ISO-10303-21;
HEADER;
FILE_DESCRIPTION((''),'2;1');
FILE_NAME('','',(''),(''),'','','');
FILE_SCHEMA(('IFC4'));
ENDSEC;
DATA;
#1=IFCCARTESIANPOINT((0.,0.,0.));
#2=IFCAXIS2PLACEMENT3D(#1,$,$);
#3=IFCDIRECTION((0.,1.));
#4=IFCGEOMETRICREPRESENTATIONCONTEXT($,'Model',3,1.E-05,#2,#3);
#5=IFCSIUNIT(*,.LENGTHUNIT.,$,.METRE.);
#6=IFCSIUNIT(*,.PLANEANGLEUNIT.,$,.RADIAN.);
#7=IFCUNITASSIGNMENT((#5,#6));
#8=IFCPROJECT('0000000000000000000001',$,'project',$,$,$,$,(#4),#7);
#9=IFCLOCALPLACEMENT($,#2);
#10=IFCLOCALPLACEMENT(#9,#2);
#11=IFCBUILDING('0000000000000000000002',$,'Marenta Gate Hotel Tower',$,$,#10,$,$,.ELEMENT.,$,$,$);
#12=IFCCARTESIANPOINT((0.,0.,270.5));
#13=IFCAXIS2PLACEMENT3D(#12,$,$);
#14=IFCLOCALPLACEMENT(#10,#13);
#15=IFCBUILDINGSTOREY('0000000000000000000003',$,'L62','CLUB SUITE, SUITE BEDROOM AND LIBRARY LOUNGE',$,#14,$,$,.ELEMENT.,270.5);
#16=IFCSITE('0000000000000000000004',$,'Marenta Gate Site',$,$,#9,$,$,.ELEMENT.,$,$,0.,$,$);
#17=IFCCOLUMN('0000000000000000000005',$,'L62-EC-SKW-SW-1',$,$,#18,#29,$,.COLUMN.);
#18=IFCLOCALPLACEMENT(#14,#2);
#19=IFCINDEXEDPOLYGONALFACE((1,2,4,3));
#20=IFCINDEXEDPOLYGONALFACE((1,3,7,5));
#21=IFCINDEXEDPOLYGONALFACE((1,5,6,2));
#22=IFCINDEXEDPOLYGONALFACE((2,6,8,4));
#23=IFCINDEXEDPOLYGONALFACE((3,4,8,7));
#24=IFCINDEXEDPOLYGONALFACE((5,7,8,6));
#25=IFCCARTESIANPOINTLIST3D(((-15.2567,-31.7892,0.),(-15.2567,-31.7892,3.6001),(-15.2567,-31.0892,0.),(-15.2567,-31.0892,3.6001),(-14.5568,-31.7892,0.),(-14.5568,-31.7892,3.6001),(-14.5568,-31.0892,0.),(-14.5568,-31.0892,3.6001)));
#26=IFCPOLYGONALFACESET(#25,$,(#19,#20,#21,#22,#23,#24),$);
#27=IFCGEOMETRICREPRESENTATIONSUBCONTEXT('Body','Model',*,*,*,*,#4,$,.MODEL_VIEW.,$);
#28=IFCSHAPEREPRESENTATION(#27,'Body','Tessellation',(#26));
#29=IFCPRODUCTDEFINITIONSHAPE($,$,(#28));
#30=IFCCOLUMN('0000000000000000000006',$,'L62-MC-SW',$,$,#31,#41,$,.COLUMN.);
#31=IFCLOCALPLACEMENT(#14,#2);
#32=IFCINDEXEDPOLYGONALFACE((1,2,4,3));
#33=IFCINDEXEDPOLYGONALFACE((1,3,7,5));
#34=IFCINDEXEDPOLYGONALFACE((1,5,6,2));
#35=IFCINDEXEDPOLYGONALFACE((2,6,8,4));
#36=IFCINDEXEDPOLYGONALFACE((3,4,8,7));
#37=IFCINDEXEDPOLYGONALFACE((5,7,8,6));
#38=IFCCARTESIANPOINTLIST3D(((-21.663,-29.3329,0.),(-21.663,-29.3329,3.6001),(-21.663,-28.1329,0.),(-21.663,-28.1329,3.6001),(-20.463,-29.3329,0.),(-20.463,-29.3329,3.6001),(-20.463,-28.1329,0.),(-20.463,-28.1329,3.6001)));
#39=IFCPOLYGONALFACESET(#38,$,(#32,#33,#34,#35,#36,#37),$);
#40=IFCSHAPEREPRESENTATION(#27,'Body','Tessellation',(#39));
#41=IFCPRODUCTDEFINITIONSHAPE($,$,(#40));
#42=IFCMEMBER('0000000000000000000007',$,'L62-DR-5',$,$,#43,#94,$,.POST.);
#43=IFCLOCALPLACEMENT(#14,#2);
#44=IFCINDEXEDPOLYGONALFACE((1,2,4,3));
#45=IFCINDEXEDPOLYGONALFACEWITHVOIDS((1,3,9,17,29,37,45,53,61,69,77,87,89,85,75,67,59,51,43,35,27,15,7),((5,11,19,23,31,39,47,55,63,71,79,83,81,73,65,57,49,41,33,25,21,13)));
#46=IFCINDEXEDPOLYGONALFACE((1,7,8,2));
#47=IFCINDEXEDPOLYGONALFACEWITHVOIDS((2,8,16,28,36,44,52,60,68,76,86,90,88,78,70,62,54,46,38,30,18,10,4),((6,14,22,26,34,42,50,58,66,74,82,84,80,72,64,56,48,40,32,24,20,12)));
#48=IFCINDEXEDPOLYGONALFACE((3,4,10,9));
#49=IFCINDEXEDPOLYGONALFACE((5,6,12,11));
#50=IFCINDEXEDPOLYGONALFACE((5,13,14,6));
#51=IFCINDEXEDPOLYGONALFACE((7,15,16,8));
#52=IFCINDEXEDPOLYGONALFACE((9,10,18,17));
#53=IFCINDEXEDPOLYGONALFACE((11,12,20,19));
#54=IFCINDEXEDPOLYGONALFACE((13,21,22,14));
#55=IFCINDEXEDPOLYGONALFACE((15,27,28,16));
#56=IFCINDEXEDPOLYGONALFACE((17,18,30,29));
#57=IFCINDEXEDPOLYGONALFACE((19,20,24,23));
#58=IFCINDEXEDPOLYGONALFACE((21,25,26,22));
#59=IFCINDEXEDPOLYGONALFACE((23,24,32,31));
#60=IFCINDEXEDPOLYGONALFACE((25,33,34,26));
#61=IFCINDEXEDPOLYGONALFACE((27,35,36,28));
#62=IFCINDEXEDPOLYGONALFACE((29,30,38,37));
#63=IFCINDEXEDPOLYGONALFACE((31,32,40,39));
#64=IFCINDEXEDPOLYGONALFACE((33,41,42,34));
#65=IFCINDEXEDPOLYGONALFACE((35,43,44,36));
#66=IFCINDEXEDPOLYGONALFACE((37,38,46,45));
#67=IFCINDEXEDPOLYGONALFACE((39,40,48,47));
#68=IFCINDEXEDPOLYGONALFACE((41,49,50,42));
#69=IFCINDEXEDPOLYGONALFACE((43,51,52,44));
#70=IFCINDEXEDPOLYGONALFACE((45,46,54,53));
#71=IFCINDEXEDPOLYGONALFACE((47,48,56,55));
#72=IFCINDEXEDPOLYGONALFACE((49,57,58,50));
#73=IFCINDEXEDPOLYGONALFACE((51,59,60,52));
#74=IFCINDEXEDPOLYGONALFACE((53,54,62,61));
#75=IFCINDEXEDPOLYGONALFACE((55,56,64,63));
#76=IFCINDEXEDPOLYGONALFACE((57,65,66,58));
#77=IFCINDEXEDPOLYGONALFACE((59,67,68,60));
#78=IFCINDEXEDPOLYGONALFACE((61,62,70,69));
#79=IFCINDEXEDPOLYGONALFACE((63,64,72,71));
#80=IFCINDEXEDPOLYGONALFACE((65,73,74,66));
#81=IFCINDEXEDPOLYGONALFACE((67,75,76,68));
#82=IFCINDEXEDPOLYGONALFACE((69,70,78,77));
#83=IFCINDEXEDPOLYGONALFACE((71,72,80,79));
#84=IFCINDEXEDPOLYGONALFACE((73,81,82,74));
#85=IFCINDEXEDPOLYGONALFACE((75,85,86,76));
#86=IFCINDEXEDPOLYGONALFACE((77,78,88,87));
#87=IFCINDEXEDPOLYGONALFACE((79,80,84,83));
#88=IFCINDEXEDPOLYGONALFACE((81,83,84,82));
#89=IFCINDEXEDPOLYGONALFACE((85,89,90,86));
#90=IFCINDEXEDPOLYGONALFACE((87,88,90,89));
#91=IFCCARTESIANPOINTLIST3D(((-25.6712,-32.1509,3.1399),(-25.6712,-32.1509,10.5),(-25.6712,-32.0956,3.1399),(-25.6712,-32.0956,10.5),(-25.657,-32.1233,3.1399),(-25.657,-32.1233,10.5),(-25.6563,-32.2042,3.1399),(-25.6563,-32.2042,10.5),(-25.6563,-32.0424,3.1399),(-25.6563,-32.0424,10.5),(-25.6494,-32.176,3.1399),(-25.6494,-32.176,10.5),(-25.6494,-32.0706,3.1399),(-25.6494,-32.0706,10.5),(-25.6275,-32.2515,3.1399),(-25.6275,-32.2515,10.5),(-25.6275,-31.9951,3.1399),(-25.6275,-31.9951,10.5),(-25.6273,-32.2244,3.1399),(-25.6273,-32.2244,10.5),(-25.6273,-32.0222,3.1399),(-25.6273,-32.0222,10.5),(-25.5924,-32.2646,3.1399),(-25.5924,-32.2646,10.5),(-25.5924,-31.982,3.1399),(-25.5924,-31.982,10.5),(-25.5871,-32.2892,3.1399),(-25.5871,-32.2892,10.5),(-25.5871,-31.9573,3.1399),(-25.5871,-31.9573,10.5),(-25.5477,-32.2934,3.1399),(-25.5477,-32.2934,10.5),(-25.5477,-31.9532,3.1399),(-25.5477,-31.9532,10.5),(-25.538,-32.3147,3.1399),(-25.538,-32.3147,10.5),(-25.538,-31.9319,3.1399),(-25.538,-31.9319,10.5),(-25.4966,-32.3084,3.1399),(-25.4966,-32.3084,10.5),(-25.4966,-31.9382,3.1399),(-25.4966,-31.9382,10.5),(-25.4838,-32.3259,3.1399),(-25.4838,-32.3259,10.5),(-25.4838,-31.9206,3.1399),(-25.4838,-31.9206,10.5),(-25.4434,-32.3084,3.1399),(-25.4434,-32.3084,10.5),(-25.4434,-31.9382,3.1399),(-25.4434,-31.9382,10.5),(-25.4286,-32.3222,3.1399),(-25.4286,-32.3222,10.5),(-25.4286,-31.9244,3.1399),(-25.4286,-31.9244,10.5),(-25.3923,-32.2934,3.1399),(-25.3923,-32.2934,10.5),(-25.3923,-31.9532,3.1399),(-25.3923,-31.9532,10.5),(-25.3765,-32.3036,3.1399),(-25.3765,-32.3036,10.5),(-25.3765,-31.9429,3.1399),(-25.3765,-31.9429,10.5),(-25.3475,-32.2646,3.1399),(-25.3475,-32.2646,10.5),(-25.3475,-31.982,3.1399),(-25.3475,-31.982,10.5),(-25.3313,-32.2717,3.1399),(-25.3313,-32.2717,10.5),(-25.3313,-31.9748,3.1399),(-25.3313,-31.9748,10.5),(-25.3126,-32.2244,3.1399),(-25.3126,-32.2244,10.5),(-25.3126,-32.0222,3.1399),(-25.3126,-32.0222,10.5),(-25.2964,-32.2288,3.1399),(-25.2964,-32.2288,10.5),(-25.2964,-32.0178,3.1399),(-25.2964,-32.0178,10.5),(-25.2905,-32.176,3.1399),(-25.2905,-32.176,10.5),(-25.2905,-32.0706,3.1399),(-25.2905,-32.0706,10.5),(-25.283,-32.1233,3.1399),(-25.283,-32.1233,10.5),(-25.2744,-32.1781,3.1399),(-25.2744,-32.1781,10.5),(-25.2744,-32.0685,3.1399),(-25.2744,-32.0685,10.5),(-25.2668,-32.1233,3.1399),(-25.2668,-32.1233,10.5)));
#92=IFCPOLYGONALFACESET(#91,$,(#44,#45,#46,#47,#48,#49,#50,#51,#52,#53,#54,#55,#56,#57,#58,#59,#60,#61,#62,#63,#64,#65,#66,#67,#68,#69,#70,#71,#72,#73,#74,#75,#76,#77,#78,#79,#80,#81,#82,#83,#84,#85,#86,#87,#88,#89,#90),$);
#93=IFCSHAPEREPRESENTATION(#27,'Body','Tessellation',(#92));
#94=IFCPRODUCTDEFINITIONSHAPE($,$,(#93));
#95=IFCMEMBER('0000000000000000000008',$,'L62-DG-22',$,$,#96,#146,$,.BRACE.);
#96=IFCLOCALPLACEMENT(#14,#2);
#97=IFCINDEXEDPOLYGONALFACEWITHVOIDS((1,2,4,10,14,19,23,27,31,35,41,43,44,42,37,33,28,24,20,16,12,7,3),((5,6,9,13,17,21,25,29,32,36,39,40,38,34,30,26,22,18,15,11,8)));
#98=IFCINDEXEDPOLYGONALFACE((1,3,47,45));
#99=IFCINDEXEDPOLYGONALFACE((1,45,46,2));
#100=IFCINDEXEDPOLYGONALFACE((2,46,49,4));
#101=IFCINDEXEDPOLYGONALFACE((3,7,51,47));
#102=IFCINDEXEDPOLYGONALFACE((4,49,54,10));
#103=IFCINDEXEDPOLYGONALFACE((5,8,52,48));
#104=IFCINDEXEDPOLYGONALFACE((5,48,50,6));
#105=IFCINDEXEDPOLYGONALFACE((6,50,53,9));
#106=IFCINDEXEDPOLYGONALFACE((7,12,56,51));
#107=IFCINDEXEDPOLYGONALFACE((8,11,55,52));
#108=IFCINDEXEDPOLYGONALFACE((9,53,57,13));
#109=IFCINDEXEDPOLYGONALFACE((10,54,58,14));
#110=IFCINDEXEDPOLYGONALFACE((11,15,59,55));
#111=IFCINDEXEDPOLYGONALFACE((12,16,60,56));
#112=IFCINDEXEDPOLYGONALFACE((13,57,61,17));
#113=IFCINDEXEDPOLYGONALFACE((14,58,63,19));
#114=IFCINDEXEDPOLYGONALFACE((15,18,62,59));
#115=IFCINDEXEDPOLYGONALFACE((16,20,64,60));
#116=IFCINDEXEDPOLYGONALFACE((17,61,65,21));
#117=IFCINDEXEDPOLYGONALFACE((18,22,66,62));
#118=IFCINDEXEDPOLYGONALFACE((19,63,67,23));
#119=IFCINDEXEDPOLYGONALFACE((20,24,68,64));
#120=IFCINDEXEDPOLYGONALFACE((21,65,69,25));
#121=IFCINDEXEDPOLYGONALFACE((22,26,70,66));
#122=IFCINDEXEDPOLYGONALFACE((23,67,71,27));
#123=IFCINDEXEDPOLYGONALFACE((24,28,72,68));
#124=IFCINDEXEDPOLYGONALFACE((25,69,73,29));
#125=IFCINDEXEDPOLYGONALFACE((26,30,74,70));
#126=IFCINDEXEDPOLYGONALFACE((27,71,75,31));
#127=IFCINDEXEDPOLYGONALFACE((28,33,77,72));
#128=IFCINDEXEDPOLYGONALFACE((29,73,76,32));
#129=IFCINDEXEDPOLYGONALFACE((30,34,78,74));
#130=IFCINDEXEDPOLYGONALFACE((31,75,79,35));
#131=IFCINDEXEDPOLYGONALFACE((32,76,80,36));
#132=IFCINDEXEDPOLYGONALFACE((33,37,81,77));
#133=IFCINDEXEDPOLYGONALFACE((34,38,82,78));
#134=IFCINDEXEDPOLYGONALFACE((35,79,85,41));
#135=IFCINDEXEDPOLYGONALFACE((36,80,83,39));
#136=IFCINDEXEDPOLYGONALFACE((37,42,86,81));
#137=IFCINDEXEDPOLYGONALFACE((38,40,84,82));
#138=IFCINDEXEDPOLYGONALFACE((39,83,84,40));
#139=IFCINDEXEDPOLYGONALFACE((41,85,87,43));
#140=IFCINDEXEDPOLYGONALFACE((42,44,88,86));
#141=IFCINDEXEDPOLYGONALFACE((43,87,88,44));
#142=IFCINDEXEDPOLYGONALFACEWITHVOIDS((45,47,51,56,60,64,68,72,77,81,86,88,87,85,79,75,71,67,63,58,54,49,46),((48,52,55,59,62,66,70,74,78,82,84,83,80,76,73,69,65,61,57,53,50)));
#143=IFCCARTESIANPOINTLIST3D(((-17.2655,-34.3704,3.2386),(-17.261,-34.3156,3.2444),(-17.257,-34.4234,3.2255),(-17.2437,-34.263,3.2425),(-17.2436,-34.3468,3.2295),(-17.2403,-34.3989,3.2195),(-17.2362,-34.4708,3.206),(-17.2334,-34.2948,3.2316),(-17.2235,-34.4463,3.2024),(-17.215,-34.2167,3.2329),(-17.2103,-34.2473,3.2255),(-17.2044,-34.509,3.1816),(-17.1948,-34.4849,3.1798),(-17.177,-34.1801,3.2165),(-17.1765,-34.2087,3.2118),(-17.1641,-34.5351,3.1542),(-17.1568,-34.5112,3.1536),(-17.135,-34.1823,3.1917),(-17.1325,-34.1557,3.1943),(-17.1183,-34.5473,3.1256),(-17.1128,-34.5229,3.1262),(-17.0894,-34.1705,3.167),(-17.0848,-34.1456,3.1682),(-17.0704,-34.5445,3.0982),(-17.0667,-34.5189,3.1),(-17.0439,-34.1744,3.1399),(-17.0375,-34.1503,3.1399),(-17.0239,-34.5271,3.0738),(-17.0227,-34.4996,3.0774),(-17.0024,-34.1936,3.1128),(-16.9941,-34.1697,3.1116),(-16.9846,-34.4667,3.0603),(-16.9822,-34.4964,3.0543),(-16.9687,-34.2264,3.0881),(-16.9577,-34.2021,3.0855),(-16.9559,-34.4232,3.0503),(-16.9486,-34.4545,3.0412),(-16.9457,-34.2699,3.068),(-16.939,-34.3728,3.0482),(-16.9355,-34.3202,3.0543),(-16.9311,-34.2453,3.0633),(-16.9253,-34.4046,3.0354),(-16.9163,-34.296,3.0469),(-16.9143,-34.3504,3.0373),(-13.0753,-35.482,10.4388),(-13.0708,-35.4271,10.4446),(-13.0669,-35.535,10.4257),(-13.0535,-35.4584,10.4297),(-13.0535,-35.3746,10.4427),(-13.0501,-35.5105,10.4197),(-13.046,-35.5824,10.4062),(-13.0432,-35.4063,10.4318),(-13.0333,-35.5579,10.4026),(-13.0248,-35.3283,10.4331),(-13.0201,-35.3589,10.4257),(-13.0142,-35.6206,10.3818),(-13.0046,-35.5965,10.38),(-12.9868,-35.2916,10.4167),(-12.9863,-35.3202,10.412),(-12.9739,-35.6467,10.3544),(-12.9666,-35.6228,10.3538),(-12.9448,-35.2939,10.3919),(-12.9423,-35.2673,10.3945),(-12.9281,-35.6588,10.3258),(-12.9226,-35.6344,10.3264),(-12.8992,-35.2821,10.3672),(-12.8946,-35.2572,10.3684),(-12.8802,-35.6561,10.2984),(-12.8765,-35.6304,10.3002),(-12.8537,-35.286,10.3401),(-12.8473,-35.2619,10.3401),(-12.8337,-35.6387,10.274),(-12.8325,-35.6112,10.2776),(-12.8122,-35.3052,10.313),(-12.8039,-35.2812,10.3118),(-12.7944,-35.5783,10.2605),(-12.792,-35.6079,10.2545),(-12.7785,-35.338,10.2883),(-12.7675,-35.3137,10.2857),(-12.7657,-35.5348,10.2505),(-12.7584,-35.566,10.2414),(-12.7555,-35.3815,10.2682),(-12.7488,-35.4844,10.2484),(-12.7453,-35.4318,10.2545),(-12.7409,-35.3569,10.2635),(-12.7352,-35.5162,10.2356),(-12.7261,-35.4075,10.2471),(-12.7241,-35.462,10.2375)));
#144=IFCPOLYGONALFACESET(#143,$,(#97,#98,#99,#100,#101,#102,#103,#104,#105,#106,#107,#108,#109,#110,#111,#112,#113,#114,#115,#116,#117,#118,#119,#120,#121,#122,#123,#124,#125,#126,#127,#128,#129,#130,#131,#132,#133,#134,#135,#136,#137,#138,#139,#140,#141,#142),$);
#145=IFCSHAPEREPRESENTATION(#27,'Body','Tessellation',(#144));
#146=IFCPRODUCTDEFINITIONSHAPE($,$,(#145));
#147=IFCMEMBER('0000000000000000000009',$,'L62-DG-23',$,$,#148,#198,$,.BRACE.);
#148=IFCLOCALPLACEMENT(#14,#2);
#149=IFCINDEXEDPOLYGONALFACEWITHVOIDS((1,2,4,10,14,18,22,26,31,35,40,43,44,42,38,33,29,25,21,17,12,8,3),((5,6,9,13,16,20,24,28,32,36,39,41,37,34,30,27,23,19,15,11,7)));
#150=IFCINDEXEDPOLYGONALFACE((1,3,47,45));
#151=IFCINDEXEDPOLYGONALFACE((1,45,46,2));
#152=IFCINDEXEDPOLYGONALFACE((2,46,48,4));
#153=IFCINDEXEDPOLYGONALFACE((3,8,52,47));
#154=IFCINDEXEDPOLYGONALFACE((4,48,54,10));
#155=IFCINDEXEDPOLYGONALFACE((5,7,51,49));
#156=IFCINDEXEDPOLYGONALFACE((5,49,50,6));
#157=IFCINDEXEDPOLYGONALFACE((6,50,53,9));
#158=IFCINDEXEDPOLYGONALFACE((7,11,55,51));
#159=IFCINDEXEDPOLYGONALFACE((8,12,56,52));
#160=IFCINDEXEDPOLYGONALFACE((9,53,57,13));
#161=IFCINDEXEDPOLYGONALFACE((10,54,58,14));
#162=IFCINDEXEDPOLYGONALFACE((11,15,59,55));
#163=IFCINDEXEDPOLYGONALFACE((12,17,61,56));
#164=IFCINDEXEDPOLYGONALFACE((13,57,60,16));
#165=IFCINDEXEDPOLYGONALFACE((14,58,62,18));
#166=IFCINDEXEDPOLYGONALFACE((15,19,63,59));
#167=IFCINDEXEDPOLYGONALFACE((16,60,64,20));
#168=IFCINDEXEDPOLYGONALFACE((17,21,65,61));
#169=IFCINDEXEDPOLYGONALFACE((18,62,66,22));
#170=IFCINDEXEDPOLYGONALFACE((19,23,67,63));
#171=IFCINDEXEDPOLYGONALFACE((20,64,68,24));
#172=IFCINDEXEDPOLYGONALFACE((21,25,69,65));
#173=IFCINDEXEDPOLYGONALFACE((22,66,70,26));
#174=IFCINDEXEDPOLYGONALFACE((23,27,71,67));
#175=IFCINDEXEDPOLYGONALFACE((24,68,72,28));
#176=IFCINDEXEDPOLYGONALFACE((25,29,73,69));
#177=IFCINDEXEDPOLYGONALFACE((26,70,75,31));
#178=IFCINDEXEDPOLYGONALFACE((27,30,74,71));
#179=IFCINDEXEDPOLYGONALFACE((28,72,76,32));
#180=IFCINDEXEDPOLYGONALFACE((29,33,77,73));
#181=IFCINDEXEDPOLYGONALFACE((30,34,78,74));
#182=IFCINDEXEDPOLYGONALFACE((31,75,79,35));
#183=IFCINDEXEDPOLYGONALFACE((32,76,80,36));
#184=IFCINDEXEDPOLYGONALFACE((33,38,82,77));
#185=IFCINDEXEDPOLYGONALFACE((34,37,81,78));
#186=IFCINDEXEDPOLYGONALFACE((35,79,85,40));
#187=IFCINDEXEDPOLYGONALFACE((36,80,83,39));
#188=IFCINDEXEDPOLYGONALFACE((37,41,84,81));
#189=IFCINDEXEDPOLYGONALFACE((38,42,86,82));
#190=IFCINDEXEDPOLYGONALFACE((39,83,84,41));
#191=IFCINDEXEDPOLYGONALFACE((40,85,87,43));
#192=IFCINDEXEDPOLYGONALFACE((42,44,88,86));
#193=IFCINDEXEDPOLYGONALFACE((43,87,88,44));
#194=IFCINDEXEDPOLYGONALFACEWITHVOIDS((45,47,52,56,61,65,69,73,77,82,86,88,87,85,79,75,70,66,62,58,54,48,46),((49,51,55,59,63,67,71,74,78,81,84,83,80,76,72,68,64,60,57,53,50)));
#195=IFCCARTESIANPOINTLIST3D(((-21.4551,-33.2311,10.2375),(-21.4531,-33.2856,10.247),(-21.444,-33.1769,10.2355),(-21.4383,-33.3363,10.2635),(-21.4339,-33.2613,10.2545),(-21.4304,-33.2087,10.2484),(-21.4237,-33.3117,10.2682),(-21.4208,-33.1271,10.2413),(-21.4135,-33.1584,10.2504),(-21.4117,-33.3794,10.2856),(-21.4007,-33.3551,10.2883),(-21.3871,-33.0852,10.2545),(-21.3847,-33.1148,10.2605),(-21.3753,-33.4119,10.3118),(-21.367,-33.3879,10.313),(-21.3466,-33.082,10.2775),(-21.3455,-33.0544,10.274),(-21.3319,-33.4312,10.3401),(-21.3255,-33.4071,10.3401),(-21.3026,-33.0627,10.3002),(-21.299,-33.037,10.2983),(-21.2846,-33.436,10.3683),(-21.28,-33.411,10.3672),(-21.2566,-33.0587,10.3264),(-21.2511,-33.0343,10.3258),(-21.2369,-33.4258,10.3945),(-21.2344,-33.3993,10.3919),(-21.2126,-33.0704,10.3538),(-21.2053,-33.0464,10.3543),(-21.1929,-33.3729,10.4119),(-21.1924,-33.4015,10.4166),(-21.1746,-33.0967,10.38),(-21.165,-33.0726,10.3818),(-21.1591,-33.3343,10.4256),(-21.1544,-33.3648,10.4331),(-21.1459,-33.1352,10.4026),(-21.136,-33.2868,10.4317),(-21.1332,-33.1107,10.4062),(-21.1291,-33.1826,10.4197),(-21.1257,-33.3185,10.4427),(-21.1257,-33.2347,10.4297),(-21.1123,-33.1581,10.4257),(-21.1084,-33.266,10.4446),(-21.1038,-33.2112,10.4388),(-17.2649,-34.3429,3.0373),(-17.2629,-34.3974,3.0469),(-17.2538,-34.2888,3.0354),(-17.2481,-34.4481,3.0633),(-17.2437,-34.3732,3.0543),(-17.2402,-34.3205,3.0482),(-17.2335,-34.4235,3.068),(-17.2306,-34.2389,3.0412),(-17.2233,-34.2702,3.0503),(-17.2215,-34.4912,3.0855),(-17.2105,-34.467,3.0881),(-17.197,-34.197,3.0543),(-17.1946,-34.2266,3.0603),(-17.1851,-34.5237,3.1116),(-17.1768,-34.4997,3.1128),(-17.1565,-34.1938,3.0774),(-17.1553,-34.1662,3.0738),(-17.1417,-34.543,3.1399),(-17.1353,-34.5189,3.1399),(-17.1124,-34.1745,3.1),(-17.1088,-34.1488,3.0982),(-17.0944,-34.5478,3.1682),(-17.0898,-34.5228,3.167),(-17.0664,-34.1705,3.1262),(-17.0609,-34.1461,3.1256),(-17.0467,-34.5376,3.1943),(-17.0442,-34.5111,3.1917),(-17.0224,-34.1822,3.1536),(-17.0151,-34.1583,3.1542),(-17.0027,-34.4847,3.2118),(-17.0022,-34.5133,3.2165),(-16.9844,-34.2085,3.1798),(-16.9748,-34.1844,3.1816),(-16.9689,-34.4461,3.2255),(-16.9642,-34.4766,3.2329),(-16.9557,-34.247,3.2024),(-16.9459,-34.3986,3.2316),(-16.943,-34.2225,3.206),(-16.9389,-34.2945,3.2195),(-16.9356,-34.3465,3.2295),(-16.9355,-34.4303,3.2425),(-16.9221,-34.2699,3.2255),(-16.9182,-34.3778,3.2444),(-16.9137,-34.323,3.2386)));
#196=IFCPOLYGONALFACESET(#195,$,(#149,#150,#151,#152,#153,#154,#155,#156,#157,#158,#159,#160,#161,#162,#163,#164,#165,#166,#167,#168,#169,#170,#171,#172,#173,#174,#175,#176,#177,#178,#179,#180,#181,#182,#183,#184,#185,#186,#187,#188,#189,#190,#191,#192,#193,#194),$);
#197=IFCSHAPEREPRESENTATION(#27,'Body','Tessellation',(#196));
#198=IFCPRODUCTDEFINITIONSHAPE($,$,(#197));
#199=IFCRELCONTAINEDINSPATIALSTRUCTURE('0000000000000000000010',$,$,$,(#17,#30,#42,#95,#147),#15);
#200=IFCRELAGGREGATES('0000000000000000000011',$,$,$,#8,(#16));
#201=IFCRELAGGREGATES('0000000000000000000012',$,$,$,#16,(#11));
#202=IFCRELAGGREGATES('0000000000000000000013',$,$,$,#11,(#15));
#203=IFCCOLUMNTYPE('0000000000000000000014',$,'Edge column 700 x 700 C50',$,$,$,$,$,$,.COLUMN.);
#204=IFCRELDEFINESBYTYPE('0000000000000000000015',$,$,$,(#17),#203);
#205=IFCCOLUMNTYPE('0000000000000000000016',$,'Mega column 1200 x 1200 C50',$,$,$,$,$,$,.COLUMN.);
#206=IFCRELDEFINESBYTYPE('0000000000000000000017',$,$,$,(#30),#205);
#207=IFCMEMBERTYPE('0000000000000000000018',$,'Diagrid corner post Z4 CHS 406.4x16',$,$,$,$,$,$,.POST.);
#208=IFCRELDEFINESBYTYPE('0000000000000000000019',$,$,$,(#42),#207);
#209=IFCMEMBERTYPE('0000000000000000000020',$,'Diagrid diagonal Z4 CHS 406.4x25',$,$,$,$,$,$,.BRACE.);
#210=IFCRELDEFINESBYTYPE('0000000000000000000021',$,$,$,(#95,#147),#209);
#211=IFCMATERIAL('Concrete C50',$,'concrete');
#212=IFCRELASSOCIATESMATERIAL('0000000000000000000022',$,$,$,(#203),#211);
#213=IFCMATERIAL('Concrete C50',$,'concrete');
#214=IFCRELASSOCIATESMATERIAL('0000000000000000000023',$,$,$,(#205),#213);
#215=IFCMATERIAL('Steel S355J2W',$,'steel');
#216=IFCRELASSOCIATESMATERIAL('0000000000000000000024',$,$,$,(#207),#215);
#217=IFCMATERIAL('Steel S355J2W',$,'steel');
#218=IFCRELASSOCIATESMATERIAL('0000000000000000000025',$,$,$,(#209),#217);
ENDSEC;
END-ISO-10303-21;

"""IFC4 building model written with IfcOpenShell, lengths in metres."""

from ifc_helpers import new_model, si_unit, direction, frame, origin, origin_2d, place, context, subcontext, project, spatial, rectangle, hollow_circle, extrude, material, material_profile, profile_set, type_object, element, save


model = new_model("IFC4")

# Units and contexts
model_context = context("Model", 3, precision=1e-05, world=origin(), true_north=direction((0.0, 1.0)))
body_context = subcontext(model_context, "Body", "Model", "MODEL_VIEW")
ifc_project = project(units=[si_unit("LENGTHUNIT", "METRE"), si_unit("PLANEANGLEUNIT", "RADIAN")], contexts=[model_context])

# Site, building, storey
site_placement = place(None, origin())
site = spatial("IfcSite", under=ifc_project, at=site_placement, Name="Marenta Gate Site", CompositionType="ELEMENT", RefElevation=0.0)
building_placement = place(site_placement, origin())
building = spatial("IfcBuilding", under=site, at=building_placement, Name="Marenta Gate Hotel Tower", CompositionType="ELEMENT")
storey_placement = place(building_placement, frame((0.0, 0.0, 270.5)))
storey = spatial("IfcBuildingStorey", under=building, at=storey_placement, Name="L62", Description="CLUB SUITE, SUITE BEDROOM AND LIBRARY LOUNGE", CompositionType="ELEMENT", Elevation=270.5)

# Columns
ifc_material_1 = material(Name="Concrete C50", Category="concrete")
ifc_material_profile_1 = material_profile(ifc_material_1, rectangle(XDim=0.7, YDim=0.7, at=origin_2d()), Name="700 x 700")
ifc_profile_set_1 = profile_set([ifc_material_profile_1], Name="Concrete C50")
column_type_1 = type_object("IfcColumnType", Name="Edge column 700 x 700 C50", PredefinedType="COLUMN", material=ifc_profile_set_1)
column_1_placement = place(storey_placement, frame((-14.9067, -31.4392, 0.0), z_axis=(0.0, 0.0, 1.0), x_axis=(1.0, 0.0, 0.0)))
element("IfcColumn", 1, at=column_1_placement, inside=storey, type_object=column_type_1, Name="L62-EC-SKW-SW-1", PredefinedType="COLUMN", context=body_context, shape_type="SweptSolid", body=[
    extrude(rectangle(XDim=0.7, YDim=0.7, at=origin_2d()), origin(), (0.0, 0.0, 1.0), 3.6001),
])
ifc_material_2 = material(Name="Concrete C50", Category="concrete")
ifc_material_profile_2 = material_profile(ifc_material_2, rectangle(XDim=1.2, YDim=1.2, at=origin_2d()), Name="1200 x 1200")
ifc_profile_set_2 = profile_set([ifc_material_profile_2], Name="Concrete C50")
column_type_2 = type_object("IfcColumnType", Name="Mega column 1200 x 1200 C50", PredefinedType="COLUMN", material=ifc_profile_set_2)
column_2_placement = place(storey_placement, frame((-21.063, -28.7329, 0.0), z_axis=(0.0, 0.0, 1.0), x_axis=(1.0, 0.0, 0.0)))
element("IfcColumn", 2, at=column_2_placement, inside=storey, type_object=column_type_2, Name="L62-MC-SW", PredefinedType="COLUMN", context=body_context, shape_type="SweptSolid", body=[
    extrude(rectangle(XDim=1.2, YDim=1.2, at=origin_2d()), origin(), (0.0, 0.0, 1.0), 3.6001),
])

# Members
ifc_material_3 = material(Name="Steel S355J2W", Category="steel")
ifc_material_profile_3 = material_profile(ifc_material_3, hollow_circle(Radius=0.2031, WallThickness=0.0161, at=origin_2d()), Name="CHS 406.4x16")
ifc_profile_set_3 = profile_set([ifc_material_profile_3], Name="Steel S355J2W")
member_type_1 = type_object("IfcMemberType", Name="Diagrid corner post Z4 CHS 406.4x16", PredefinedType="POST", material=ifc_profile_set_3)
member_1_placement = place(storey_placement, frame((-25.47, -32.1233, 3.1399), z_axis=(0.0, 0.0, 1.0), x_axis=(1.0, 0.0, 0.0)))
element("IfcMember", 3, at=member_1_placement, inside=storey, type_object=member_type_1, Name="L62-DR-5", PredefinedType="POST", context=body_context, shape_type="SweptSolid", body=[
    extrude(hollow_circle(Radius=0.2031, WallThickness=0.0161, at=origin_2d()), origin(), (0.0, 0.0, 1.0), 7.3601),
])
ifc_material_4 = material(Name="Steel S355J2W", Category="steel")
ifc_material_profile_4 = material_profile(ifc_material_4, hollow_circle(Radius=0.2031, WallThickness=0.0249, at=origin_2d()), Name="CHS 406.4x25")
ifc_profile_set_4 = profile_set([ifc_material_profile_4], Name="Steel S355J2W")
member_type_2 = type_object("IfcMemberType", Name="Diagrid diagonal Z4 CHS 406.4x25", PredefinedType="BRACE", material=ifc_profile_set_4)
for number, where, z_axis, x_axis, name in (
    (4, (-17.0896, -34.3467, 3.1399), (0.498563, -0.132259, 0.856704), (0.256411, 0.966568, 0.0), "L62-DG-22"),
    (5, (-17.0896, -34.3467, 3.1399), (-0.498561, 0.132287, 0.856701), (-0.256464, -0.966554, 0.0), "L62-DG-23"),
):
    element("IfcMember", number, at=place(storey_placement, frame(where, z_axis=z_axis, x_axis=x_axis)), inside=storey, type_object=member_type_2, Name=name, PredefinedType="BRACE", context=body_context, shape_type="SweptSolid", body=[
        extrude(hollow_circle(Radius=0.2031, WallThickness=0.0249, at=origin_2d()), origin(), (0.0, 0.0, 1.0), 8.4045),
    ])

save(model, "model.ifc")
